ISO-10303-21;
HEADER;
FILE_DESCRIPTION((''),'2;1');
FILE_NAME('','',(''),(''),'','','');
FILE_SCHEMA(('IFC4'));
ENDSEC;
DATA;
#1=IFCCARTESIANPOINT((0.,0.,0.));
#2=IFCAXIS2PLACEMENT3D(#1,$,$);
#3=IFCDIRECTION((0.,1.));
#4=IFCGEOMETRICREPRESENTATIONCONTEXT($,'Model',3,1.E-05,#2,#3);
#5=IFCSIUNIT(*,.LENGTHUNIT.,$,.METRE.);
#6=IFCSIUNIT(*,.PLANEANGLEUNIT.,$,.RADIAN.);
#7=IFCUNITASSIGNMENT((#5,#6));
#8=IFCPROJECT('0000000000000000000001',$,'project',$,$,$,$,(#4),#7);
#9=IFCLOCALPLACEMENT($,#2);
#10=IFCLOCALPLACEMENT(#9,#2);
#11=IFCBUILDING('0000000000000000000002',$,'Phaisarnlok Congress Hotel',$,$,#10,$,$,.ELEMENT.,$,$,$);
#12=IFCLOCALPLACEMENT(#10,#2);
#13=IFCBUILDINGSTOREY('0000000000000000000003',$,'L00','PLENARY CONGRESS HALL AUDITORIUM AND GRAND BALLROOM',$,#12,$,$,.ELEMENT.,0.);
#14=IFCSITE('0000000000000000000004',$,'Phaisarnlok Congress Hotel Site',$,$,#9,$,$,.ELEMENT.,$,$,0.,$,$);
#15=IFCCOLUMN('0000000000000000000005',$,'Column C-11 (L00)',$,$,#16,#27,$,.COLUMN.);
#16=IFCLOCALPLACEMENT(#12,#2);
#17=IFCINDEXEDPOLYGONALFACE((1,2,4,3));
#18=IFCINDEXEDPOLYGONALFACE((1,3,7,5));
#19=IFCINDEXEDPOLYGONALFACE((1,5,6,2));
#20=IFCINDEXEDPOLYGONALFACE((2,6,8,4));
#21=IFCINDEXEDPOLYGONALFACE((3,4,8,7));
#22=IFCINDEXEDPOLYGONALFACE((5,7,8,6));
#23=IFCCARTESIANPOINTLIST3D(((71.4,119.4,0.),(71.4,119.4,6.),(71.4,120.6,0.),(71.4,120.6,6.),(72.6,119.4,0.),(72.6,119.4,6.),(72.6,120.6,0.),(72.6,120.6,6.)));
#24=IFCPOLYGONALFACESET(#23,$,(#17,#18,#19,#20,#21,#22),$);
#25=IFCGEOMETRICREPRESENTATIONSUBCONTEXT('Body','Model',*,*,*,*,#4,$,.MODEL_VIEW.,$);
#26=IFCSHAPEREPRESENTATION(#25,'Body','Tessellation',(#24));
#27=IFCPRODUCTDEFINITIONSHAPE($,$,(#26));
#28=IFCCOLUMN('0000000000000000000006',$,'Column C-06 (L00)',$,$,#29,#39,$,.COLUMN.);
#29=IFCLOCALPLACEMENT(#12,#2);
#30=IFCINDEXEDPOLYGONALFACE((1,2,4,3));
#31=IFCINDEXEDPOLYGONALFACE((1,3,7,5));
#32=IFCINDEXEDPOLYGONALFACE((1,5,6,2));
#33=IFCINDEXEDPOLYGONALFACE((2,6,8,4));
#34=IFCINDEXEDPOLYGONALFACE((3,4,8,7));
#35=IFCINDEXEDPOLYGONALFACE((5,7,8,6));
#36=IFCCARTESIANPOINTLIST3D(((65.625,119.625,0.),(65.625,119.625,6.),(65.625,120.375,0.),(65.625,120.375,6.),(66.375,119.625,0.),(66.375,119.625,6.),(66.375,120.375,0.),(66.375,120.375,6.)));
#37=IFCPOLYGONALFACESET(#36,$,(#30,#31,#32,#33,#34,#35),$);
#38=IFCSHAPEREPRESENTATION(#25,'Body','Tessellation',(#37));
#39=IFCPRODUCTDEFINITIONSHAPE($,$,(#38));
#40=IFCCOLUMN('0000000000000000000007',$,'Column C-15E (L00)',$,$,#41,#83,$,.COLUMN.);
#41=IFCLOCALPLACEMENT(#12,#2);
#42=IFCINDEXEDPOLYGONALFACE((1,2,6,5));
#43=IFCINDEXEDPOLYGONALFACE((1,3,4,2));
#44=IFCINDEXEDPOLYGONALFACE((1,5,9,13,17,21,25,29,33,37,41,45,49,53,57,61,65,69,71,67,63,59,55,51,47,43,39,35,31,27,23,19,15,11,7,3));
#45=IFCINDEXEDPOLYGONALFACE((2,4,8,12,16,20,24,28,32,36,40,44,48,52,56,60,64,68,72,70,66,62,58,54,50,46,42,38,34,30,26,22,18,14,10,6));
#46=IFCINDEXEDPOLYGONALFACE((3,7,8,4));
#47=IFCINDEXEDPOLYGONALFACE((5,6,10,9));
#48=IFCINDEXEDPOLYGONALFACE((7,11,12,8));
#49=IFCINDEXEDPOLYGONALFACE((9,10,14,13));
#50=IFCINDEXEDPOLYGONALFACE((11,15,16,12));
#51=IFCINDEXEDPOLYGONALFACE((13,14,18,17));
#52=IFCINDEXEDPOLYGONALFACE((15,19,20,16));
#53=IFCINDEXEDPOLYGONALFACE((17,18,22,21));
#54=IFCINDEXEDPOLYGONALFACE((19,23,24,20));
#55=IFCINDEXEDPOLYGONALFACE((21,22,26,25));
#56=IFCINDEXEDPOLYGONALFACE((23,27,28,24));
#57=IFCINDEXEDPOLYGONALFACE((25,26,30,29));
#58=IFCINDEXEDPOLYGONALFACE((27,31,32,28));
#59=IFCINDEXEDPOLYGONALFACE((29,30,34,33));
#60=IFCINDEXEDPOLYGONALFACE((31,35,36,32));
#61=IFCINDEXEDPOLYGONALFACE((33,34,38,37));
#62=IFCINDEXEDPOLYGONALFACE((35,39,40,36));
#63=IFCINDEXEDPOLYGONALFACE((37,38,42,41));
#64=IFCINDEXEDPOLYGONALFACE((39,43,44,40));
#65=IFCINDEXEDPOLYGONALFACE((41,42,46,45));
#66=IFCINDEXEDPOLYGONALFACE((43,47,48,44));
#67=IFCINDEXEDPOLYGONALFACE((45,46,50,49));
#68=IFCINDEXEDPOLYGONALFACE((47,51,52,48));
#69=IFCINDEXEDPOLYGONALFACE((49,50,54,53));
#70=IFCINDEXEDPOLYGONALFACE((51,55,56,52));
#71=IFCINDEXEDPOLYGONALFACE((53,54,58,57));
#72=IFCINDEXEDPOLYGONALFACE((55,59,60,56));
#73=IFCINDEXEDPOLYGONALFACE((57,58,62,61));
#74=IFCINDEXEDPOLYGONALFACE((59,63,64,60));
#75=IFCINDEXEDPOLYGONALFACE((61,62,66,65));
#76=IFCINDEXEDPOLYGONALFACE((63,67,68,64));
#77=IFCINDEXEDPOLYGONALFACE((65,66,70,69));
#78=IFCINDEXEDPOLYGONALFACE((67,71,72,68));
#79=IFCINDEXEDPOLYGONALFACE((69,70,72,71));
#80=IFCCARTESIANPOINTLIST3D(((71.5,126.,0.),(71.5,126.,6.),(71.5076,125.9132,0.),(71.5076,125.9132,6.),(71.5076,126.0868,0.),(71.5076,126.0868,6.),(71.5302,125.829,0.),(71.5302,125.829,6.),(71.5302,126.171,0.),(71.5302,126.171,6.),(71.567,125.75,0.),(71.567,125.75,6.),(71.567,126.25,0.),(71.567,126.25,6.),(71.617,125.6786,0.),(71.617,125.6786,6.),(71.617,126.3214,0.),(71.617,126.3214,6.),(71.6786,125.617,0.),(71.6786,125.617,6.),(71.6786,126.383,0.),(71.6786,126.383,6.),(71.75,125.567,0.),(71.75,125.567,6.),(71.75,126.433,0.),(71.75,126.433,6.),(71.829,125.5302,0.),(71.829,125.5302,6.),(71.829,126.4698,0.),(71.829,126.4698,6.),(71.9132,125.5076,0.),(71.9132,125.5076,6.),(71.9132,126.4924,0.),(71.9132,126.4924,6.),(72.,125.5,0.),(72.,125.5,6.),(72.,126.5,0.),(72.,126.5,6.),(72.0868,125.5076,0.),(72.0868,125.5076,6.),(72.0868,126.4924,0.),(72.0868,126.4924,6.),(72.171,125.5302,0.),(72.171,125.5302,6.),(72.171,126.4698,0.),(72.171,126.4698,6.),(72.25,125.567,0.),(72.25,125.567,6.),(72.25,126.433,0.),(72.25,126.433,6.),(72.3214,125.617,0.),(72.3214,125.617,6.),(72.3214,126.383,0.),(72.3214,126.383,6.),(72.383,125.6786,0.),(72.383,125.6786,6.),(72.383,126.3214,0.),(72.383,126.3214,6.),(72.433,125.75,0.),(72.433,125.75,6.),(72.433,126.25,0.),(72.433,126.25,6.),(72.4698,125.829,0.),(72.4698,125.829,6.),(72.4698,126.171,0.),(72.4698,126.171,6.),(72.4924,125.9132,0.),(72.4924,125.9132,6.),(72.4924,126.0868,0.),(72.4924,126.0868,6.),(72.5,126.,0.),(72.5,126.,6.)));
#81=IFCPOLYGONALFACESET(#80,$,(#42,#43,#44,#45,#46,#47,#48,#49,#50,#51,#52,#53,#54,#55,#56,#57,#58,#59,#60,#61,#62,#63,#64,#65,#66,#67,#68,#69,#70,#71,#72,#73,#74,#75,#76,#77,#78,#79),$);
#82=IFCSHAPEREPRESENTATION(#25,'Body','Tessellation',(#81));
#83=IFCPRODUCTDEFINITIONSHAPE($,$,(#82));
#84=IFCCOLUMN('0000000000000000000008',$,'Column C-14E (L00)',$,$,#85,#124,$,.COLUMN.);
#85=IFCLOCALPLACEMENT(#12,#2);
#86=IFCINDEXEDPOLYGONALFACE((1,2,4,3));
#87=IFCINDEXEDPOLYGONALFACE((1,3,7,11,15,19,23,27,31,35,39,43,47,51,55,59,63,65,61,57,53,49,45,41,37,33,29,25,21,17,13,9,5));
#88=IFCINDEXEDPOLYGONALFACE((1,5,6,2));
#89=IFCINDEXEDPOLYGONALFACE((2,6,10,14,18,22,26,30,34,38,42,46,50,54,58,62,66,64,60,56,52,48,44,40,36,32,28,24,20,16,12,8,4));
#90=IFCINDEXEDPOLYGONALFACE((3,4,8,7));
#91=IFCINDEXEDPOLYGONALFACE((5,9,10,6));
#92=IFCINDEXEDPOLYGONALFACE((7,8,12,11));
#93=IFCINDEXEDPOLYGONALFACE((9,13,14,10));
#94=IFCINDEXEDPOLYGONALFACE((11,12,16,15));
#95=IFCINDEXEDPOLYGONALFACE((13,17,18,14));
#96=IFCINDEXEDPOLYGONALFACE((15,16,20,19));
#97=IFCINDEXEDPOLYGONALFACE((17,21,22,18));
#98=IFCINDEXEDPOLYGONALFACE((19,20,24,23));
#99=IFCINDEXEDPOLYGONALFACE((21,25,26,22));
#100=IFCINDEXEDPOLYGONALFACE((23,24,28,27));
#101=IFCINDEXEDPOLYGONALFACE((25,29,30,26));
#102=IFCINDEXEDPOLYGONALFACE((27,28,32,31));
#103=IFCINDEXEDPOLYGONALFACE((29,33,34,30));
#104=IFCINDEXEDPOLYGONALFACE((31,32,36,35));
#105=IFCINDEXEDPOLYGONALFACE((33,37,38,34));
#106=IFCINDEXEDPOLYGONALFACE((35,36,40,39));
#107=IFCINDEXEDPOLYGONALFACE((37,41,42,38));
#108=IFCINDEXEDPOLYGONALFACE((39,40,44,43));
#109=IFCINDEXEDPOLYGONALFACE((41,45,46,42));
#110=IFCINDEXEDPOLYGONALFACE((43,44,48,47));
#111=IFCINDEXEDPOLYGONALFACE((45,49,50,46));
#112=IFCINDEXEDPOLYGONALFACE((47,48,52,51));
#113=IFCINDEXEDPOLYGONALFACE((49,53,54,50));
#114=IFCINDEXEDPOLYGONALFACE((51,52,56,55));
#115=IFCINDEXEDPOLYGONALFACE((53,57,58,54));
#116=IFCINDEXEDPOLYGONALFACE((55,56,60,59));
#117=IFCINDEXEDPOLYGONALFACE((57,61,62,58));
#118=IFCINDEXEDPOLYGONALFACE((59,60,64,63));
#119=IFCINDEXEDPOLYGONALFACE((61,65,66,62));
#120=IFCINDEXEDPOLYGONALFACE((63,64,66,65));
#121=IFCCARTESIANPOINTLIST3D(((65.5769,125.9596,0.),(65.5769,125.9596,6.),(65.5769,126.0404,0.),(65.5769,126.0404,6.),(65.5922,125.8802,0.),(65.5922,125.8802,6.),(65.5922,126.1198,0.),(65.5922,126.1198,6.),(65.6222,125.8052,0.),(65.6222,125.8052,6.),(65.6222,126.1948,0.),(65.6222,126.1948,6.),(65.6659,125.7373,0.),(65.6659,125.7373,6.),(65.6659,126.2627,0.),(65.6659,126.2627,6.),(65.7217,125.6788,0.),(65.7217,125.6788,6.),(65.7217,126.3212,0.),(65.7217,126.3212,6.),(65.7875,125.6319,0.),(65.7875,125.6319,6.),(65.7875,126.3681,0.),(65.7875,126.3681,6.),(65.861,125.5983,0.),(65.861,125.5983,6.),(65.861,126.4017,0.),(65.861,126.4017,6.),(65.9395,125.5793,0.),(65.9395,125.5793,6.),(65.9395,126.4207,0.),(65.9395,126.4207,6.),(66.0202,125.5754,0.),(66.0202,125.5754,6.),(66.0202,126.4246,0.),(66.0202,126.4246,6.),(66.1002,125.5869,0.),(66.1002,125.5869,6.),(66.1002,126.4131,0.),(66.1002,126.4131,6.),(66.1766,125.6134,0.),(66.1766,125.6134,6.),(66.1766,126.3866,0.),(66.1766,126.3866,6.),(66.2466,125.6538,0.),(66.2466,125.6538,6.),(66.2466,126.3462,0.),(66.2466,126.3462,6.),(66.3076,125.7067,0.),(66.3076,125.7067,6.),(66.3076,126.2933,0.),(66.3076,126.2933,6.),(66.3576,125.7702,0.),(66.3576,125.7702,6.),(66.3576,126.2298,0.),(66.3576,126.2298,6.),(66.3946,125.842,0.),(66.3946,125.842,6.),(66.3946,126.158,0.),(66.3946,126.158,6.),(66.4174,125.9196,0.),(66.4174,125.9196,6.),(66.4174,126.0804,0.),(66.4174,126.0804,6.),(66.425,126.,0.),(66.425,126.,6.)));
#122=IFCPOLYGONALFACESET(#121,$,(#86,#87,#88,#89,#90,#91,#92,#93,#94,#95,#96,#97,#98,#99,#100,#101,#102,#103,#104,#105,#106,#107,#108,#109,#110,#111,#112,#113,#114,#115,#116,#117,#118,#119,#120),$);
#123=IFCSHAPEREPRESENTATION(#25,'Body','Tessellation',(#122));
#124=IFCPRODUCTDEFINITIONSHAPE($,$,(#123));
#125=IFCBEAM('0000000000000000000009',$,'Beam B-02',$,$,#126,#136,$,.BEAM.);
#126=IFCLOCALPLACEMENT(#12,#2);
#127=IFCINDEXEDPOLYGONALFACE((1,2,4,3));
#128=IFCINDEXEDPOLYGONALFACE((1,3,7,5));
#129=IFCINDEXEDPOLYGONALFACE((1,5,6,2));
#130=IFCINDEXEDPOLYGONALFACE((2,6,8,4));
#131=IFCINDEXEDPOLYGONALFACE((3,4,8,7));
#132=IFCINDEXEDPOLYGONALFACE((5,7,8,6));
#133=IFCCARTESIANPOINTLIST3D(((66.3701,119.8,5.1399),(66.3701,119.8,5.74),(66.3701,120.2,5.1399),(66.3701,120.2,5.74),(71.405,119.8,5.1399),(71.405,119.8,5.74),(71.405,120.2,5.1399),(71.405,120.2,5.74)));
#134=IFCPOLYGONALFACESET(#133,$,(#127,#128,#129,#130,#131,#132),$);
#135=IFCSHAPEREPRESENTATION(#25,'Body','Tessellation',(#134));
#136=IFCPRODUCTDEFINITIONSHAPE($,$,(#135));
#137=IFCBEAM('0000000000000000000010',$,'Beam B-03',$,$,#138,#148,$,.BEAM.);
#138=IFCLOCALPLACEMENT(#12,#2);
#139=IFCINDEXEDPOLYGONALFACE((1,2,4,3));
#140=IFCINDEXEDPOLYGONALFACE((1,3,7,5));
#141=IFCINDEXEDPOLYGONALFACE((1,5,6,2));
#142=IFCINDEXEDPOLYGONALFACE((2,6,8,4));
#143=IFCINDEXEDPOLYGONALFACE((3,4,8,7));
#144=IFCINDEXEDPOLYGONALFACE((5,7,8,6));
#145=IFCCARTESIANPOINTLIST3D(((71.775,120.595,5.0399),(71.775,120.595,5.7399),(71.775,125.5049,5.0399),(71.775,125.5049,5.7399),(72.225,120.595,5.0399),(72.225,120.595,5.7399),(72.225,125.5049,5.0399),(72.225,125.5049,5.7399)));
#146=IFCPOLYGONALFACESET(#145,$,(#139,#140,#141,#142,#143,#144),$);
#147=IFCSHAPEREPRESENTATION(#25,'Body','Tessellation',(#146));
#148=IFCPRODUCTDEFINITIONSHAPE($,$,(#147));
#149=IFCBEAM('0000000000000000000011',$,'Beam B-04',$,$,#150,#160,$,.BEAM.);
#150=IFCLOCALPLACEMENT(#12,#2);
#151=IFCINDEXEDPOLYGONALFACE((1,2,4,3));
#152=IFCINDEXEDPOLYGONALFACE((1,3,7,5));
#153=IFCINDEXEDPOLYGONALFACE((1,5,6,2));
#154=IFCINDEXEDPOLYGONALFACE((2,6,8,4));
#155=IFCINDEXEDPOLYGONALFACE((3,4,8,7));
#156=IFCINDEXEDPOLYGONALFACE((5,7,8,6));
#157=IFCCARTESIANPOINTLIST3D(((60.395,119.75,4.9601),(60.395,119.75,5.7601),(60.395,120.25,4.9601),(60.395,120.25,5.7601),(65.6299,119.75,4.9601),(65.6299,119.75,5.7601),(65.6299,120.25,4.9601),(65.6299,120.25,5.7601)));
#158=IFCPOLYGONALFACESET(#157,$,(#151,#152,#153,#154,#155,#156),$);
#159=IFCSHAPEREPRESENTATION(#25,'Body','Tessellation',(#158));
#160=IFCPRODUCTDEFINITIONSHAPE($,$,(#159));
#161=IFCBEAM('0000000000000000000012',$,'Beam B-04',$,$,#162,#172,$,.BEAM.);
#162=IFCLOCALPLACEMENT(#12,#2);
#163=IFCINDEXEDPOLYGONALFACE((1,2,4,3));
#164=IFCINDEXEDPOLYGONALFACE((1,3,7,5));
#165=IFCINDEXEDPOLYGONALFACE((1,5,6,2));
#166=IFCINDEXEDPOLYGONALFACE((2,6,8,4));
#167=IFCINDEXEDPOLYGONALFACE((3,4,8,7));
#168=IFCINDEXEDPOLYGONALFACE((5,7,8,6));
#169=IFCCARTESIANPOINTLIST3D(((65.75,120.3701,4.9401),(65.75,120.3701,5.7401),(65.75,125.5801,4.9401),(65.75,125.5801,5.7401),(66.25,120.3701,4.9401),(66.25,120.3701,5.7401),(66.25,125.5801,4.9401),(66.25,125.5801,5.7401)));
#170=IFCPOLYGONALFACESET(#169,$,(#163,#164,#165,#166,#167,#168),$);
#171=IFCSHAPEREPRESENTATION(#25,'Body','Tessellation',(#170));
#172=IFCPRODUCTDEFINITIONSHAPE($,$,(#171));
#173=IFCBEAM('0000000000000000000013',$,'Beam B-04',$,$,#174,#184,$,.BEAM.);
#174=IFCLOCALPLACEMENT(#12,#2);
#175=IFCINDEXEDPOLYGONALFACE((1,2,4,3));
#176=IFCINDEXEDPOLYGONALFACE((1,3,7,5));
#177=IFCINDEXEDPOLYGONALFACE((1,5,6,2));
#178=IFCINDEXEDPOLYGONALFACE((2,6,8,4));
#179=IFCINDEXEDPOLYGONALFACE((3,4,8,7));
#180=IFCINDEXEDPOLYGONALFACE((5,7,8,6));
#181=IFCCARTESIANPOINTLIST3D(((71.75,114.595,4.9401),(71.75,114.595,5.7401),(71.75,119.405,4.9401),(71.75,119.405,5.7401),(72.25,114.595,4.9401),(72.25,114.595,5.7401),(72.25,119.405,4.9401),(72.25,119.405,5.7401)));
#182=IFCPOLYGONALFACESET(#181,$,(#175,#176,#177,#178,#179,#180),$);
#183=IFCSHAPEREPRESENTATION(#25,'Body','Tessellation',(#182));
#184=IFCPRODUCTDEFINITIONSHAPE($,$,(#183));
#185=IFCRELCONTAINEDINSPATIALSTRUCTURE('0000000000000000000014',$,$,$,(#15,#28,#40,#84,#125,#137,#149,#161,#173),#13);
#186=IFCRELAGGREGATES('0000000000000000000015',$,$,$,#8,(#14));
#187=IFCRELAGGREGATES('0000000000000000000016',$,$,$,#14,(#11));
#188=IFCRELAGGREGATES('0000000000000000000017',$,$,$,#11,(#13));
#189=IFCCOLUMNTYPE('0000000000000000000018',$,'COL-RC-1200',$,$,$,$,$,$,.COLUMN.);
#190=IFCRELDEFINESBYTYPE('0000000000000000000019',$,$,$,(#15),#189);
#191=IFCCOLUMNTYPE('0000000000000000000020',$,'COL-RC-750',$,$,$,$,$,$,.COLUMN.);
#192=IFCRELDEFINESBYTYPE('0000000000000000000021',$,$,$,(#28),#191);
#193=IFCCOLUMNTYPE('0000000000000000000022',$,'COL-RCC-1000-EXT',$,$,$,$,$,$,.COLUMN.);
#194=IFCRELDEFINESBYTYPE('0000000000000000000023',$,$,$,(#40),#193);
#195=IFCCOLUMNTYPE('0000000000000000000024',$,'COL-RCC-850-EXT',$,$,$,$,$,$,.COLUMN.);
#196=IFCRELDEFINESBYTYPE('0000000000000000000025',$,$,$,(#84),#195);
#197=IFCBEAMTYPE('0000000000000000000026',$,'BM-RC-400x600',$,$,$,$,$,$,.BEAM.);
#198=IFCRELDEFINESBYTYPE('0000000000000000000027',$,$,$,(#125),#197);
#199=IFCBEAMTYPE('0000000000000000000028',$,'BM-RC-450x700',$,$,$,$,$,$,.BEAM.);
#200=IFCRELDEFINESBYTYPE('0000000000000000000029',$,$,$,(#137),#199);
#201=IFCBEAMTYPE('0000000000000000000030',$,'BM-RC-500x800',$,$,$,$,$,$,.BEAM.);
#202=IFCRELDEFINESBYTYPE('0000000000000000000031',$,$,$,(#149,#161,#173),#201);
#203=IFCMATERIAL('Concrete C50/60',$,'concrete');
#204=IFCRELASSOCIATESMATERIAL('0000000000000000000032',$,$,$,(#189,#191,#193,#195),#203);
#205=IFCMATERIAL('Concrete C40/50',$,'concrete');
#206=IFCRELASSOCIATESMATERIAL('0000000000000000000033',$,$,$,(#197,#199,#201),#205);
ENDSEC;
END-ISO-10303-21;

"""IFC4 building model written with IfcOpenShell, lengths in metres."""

from ifc_helpers import new_model, si_unit, direction, frame, origin, origin_2d, place, context, subcontext, project, spatial, rectangle, circle, extrude, material, material_profile, profile_set, type_object, element, save


model = new_model("IFC4")

# Units and contexts
model_context = context("Model", 3, precision=1e-05, world=origin(), true_north=direction((0.0, 1.0)))
body_context = subcontext(model_context, "Body", "Model", "MODEL_VIEW")
ifc_project = project(units=[si_unit("LENGTHUNIT", "METRE"), si_unit("PLANEANGLEUNIT", "RADIAN")], contexts=[model_context])

# Site, building, storey
site_placement = place(None, origin())
site = spatial("IfcSite", under=ifc_project, at=site_placement, Name="Phaisarnlok Congress Hotel Site", CompositionType="ELEMENT", RefElevation=0.0)
building_placement = place(site_placement, origin())
building = spatial("IfcBuilding", under=site, at=building_placement, Name="Phaisarnlok Congress Hotel", CompositionType="ELEMENT")
storey_placement = place(building_placement, origin())
storey = spatial("IfcBuildingStorey", under=building, at=storey_placement, Name="L00", Description="PLENARY CONGRESS HALL AUDITORIUM AND GRAND BALLROOM", CompositionType="ELEMENT", Elevation=0.0)

# Columns
ifc_material_1 = material(Name="Concrete C50/60", Category="concrete")
ifc_material_profile_1 = material_profile(ifc_material_1, rectangle(XDim=1.2, YDim=1.2, at=origin_2d()), Name="RC 1200x1200")
ifc_profile_set_1 = profile_set([ifc_material_profile_1], Name="Concrete C50/60")
column_type_1 = type_object("IfcColumnType", Name="COL-RC-1200", PredefinedType="COLUMN", material=ifc_profile_set_1)
column_1_placement = place(storey_placement, frame((72.0, 120.0, 0.0), z_axis=(0.0, 0.0, 1.0), x_axis=(1.0, 0.0, 0.0)))
element("IfcColumn", 1, at=column_1_placement, inside=storey, type_object=column_type_1, Name="Column C-11 (L00)", PredefinedType="COLUMN", context=body_context, shape_type="SweptSolid", body=[
    extrude(rectangle(XDim=1.2, YDim=1.2, at=origin_2d()), origin(), (0.0, 0.0, 1.0), 6.0),
])
ifc_material_profile_2 = material_profile(ifc_material_1, rectangle(XDim=0.75, YDim=0.75, at=origin_2d()), Name="RC 750x750")
ifc_profile_set_2 = profile_set([ifc_material_profile_2], Name="Concrete C50/60")
column_type_2 = type_object("IfcColumnType", Name="COL-RC-750", PredefinedType="COLUMN", material=ifc_profile_set_2)
column_2_placement = place(storey_placement, frame((66.0, 120.0, 0.0), z_axis=(0.0, 0.0, 1.0), x_axis=(1.0, 0.0, 0.0)))
element("IfcColumn", 2, at=column_2_placement, inside=storey, type_object=column_type_2, Name="Column C-06 (L00)", PredefinedType="COLUMN", context=body_context, shape_type="SweptSolid", body=[
    extrude(rectangle(XDim=0.75, YDim=0.75, at=origin_2d()), origin(), (0.0, 0.0, 1.0), 6.0),
])
ifc_material_profile_3 = material_profile(ifc_material_1, circle(Radius=0.5, at=origin_2d()), Name="RCC D1000")
ifc_profile_set_3 = profile_set([ifc_material_profile_3], Name="Concrete C50/60")
column_type_3 = type_object("IfcColumnType", Name="COL-RCC-1000-EXT", PredefinedType="COLUMN", material=ifc_profile_set_3)
column_3_placement = place(storey_placement, frame((72.0, 126.0, 0.0), z_axis=(0.0, 0.0, 1.0), x_axis=(1.0, 0.0, 0.0)))
element("IfcColumn", 3, at=column_3_placement, inside=storey, type_object=column_type_3, Name="Column C-15E (L00)", PredefinedType="COLUMN", context=body_context, shape_type="SweptSolid", body=[
    extrude(circle(Radius=0.5, at=origin_2d()), origin(), (0.0, 0.0, 1.0), 6.0),
])
ifc_material_profile_4 = material_profile(ifc_material_1, circle(Radius=0.425, at=origin_2d()), Name="RCC D850")
ifc_profile_set_4 = profile_set([ifc_material_profile_4], Name="Concrete C50/60")
column_type_4 = type_object("IfcColumnType", Name="COL-RCC-850-EXT", PredefinedType="COLUMN", material=ifc_profile_set_4)
column_4_placement = place(storey_placement, frame((66.0, 126.0, 0.0), z_axis=(0.0, 0.0, 1.0), x_axis=(1.0, 0.0, 0.0)))
element("IfcColumn", 4, at=column_4_placement, inside=storey, type_object=column_type_4, Name="Column C-14E (L00)", PredefinedType="COLUMN", context=body_context, shape_type="SweptSolid", body=[
    extrude(circle(Radius=0.425, at=origin_2d()), origin(), (0.0, 0.0, 1.0), 6.0),
])

# Beams
ifc_material_2 = material(Name="Concrete C40/50", Category="concrete")
ifc_material_profile_5 = material_profile(ifc_material_2, rectangle(XDim=0.3999, YDim=0.6001, at=origin_2d()), Name="RC 400x600")
ifc_profile_set_5 = profile_set([ifc_material_profile_5], Name="Concrete C40/50")
beam_type_1 = type_object("IfcBeamType", Name="BM-RC-400x600", PredefinedType="BEAM", material=ifc_profile_set_5)
beam_1_placement = place(storey_placement, frame((66.3701, 120.0, 5.4399), z_axis=(1.0, 0.0, 0.0), x_axis=(0.0, 1.0, 0.0)))
element("IfcBeam", 5, at=beam_1_placement, inside=storey, type_object=beam_type_1, Name="Beam B-02", PredefinedType="BEAM", context=body_context, shape_type="SweptSolid", body=[
    extrude(rectangle(XDim=0.3999, YDim=0.6001, at=origin_2d()), origin(), (0.0, 0.0, 1.0), 5.0349),
])
ifc_material_profile_6 = material_profile(ifc_material_2, rectangle(XDim=0.45, YDim=0.7, at=origin_2d()), Name="RC 450x700")
ifc_profile_set_6 = profile_set([ifc_material_profile_6], Name="Concrete C40/50")
beam_type_2 = type_object("IfcBeamType", Name="BM-RC-450x700", PredefinedType="BEAM", material=ifc_profile_set_6)
beam_2_placement = place(storey_placement, frame((72.0, 120.595, 5.3899), z_axis=(0.0, 1.0, 0.0), x_axis=(-1.0, 0.0, 0.0)))
element("IfcBeam", 6, at=beam_2_placement, inside=storey, type_object=beam_type_2, Name="Beam B-03", PredefinedType="BEAM", context=body_context, shape_type="SweptSolid", body=[
    extrude(rectangle(XDim=0.45, YDim=0.7, at=origin_2d()), origin(), (0.0, 0.0, 1.0), 4.9099),
])
ifc_material_profile_7 = material_profile(ifc_material_2, rectangle(XDim=0.5, YDim=0.8, at=origin_2d()), Name="RC 500x800")
ifc_profile_set_7 = profile_set([ifc_material_profile_7], Name="Concrete C40/50")
beam_type_3 = type_object("IfcBeamType", Name="BM-RC-500x800", PredefinedType="BEAM", material=ifc_profile_set_7)
beam_3_placement = place(storey_placement, frame((60.395, 120.0, 5.3601), z_axis=(1.0, 0.0, 0.0), x_axis=(0.0, 1.0, 0.0)))
element("IfcBeam", 7, at=beam_3_placement, inside=storey, type_object=beam_type_3, Name="Beam B-04", PredefinedType="BEAM", context=body_context, shape_type="SweptSolid", body=[
    extrude(rectangle(XDim=0.5, YDim=0.8, at=origin_2d()), origin(), (0.0, 0.0, 1.0), 5.2349),
])
beam_4_placement = place(storey_placement, frame((66.0, 120.3701, 5.3401), z_axis=(0.0, 1.0, 0.0), x_axis=(-1.0, 0.0, 0.0)))
element("IfcBeam", 8, at=beam_4_placement, inside=storey, type_object=beam_type_3, Name="Beam B-04", PredefinedType="BEAM", context=body_context, shape_type="SweptSolid", body=[
    extrude(rectangle(XDim=0.5, YDim=0.8, at=origin_2d()), origin(), (0.0, 0.0, 1.0), 5.21),
])
beam_5_placement = place(storey_placement, frame((72.0, 114.595, 5.3401), z_axis=(0.0, 1.0, 0.0), x_axis=(-1.0, 0.0, 0.0)))
element("IfcBeam", 9, at=beam_5_placement, inside=storey, type_object=beam_type_3, Name="Beam B-04", PredefinedType="BEAM", context=body_context, shape_type="SweptSolid", body=[
    extrude(rectangle(XDim=0.5, YDim=0.8, at=origin_2d()), origin(), (0.0, 0.0, 1.0), 4.8101),
])

save(model, "model.ifc")
